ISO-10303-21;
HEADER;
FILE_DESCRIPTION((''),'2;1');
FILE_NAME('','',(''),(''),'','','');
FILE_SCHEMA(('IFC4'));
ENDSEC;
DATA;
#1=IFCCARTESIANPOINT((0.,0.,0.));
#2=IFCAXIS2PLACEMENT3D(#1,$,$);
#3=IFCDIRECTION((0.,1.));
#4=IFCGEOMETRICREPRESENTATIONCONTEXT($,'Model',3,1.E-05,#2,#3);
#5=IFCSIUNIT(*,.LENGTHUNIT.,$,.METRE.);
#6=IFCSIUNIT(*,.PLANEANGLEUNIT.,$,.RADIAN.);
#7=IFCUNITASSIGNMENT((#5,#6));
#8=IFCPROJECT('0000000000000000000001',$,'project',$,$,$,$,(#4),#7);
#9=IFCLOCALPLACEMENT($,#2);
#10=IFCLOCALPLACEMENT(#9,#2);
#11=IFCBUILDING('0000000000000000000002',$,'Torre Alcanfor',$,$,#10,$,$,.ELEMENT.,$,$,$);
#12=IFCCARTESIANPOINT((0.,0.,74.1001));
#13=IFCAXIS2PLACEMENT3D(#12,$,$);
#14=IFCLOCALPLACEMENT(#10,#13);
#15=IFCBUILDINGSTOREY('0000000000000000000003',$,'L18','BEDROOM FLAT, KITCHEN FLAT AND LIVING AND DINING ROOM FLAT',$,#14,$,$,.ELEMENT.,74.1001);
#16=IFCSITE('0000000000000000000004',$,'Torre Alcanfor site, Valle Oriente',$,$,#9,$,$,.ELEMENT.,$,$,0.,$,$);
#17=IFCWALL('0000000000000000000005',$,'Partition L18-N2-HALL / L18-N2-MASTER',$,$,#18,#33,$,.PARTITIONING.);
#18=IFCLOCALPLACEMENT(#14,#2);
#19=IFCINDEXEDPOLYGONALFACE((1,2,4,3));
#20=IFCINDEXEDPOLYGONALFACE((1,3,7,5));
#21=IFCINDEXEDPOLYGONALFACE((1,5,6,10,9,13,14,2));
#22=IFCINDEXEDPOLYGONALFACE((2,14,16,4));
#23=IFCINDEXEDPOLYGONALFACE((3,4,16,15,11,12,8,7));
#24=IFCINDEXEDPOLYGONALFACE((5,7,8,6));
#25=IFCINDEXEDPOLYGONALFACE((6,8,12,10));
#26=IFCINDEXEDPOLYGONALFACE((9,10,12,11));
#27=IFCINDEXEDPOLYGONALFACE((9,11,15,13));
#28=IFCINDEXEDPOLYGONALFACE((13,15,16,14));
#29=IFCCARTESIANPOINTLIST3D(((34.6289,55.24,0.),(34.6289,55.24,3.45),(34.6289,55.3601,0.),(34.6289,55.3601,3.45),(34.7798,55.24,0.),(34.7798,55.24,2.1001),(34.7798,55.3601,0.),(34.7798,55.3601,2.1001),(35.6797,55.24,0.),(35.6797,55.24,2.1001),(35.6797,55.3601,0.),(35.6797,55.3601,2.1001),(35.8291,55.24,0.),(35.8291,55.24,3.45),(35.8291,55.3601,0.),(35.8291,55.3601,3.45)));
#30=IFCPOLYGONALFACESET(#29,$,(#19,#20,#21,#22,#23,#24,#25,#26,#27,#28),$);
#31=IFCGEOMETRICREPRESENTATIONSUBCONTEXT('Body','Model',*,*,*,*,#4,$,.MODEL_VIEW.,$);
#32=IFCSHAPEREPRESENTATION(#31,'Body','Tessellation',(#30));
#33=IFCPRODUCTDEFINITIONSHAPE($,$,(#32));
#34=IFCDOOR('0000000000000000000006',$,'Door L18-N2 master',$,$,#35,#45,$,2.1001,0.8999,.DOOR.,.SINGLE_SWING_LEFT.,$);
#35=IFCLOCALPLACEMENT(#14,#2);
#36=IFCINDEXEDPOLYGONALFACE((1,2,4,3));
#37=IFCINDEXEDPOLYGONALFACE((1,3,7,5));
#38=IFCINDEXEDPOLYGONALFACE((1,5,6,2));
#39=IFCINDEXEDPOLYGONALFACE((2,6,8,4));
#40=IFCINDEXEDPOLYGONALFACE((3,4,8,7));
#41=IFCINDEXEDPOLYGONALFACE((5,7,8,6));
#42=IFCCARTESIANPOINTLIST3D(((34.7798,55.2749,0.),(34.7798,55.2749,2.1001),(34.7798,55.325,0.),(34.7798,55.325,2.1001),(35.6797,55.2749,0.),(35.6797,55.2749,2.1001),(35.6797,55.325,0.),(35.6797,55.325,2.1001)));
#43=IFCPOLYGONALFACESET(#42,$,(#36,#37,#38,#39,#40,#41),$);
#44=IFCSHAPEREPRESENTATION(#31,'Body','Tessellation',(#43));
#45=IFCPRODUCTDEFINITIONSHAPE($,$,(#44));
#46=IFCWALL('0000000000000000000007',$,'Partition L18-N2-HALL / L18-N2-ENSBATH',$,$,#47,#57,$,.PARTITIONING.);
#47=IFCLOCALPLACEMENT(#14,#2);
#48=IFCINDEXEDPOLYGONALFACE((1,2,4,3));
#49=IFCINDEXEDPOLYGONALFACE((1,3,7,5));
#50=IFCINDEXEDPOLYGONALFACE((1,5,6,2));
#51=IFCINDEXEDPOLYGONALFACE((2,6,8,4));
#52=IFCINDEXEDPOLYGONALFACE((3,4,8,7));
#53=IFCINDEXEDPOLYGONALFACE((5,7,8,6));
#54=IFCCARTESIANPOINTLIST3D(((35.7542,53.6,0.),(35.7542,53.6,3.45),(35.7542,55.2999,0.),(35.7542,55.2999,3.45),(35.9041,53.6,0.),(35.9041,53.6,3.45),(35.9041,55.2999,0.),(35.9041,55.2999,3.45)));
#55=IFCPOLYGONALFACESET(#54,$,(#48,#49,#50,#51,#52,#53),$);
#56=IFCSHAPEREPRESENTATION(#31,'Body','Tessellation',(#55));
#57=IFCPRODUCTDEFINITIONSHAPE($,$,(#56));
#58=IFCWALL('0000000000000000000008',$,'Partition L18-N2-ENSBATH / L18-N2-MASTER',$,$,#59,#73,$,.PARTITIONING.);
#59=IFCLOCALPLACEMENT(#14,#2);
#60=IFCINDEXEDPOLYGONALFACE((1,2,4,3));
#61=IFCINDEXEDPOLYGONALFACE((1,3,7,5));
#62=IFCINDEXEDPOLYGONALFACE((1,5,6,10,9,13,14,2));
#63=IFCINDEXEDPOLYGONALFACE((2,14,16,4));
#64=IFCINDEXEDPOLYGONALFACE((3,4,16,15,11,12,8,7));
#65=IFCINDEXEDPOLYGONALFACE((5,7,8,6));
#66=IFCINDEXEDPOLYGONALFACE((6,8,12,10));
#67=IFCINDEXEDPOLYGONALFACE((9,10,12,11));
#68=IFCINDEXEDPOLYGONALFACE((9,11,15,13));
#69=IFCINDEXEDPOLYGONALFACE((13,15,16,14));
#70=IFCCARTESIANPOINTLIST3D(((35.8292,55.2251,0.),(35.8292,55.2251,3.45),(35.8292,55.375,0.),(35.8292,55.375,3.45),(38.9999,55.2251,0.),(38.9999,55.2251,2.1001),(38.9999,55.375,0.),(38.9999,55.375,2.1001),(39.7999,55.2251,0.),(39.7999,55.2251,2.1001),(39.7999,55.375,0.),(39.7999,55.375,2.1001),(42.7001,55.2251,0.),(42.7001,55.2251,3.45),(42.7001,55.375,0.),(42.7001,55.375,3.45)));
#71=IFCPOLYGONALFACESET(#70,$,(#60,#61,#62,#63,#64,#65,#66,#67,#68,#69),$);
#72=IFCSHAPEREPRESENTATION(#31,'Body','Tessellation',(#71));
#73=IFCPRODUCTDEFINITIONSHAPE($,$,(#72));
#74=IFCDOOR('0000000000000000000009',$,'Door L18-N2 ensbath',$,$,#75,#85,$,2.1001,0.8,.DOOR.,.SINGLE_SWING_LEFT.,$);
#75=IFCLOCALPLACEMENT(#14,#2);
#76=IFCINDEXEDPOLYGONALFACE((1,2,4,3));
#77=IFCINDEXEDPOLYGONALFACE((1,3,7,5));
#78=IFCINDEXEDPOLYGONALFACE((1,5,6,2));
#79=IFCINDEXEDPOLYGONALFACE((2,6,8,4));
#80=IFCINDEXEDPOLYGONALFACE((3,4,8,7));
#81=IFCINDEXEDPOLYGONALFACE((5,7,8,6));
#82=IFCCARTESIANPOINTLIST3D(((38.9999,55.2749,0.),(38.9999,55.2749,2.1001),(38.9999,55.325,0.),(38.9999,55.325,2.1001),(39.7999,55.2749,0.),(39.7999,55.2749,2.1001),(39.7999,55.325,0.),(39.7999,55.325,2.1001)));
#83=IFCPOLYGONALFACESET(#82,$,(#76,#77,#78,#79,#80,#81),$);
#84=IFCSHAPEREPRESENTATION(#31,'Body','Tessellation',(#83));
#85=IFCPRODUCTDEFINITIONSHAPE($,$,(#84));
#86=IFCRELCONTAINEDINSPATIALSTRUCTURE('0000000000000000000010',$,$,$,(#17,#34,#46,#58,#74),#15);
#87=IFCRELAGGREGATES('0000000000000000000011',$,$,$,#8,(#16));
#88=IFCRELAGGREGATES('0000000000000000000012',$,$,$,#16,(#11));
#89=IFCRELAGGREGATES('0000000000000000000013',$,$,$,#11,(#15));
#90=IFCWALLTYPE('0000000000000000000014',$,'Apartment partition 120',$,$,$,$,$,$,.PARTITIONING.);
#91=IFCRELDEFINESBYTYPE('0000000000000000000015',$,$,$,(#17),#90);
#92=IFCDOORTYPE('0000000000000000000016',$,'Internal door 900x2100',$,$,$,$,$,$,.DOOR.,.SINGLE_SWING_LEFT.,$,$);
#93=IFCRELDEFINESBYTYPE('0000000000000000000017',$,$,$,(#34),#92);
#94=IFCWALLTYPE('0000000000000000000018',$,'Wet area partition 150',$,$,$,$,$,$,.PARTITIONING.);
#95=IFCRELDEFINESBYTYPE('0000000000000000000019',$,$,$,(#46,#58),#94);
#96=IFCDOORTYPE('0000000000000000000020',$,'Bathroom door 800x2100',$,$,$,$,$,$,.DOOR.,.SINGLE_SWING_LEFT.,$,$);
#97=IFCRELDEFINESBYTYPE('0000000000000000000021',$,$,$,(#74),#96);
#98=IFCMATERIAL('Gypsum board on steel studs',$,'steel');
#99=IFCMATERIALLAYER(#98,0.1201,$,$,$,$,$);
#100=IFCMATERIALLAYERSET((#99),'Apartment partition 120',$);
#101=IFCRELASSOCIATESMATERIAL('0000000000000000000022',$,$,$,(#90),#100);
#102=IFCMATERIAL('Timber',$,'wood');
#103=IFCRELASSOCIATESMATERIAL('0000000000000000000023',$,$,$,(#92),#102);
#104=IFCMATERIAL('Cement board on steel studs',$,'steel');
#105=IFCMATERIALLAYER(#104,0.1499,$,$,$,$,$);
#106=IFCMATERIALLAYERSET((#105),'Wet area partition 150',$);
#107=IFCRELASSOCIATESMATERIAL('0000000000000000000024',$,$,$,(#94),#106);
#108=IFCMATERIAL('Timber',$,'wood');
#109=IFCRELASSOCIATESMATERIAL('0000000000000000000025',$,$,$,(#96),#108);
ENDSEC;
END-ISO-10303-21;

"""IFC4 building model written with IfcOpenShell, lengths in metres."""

from ifc_helpers import new_model, si_unit, direction, frame, frame_2d, origin, place, context, subcontext, project, spatial, rectangle, extrude, material, layer, layer_set, type_object, element, fill, save


model = new_model("IFC4")

# Units and contexts
model_context = context("Model", 3, precision=1e-05, world=origin(), true_north=direction((0.0, 1.0)))
body_context = subcontext(model_context, "Body", "Model", "MODEL_VIEW")
ifc_project = project(units=[si_unit("LENGTHUNIT", "METRE"), si_unit("PLANEANGLEUNIT", "RADIAN")], contexts=[model_context])

# Site, building, storey
site_placement = place(None, origin())
site = spatial("IfcSite", under=ifc_project, at=site_placement, Name="Torre Alcanfor site, Valle Oriente", CompositionType="ELEMENT", RefElevation=0.0)
building_placement = place(site_placement, origin())
building = spatial("IfcBuilding", under=site, at=building_placement, Name="Torre Alcanfor", CompositionType="ELEMENT")
storey_placement = place(building_placement, frame((0.0, 0.0, 74.1001)))
storey = spatial("IfcBuildingStorey", under=building, at=storey_placement, Name="L18", Description="BEDROOM FLAT, KITCHEN FLAT AND LIVING AND DINING ROOM FLAT", CompositionType="ELEMENT", Elevation=74.1001)

# Shared definitions
ifc_material_1 = material(Name="Gypsum board on steel studs", Category="steel")
ifc_layer_1 = layer(ifc_material_1, 0.1201)
ifc_layer_set_1 = layer_set([ifc_layer_1], Name="Apartment partition 120")
wall_type_1 = type_object("IfcWallType", Name="Apartment partition 120", PredefinedType="PARTITIONING", material=ifc_layer_set_1)

# Wall, opening, door
wall_1_placement = place(storey_placement, frame((34.6289, 55.3, 0.0), z_axis=(0.0, 0.0, 1.0), x_axis=(1.0, 0.0, 0.0)))
wall_1 = element("IfcWall", 1, at=wall_1_placement, inside=storey, type_object=wall_type_1, Name="Partition L18-N2-HALL / L18-N2-MASTER", PredefinedType="PARTITIONING", context=body_context, shape_type="SweptSolid", body=[
    extrude(rectangle(XDim=1.2002, YDim=0.1201, at=frame_2d((0.6001, 0.0))), origin(), (0.0, 0.0, 1.0), 3.45),
])
opening_1_placement = place(wall_1_placement, frame((0.1509, 0.0, 0.0)))
opening_1 = element("IfcOpeningElement", 2, at=opening_1_placement, cuts=wall_1, PredefinedType="OPENING", context=body_context, shape_type="SweptSolid", body=[
    extrude(rectangle(XDim=0.8999, YDim=2.1001, at=frame_2d((0.45, 1.05))), frame((0.0, 0.0701, 0.0), z_axis=(0.0, -1.0, 0.0), x_axis=(1.0, 0.0, 0.0)), (0.0, 0.0, 1.0), 0.1401),
])
ifc_material_2 = material(Name="Timber", Category="wood")
door_type_1 = type_object("IfcDoorType", Name="Internal door 900x2100", OperationType="SINGLE_SWING_LEFT", PredefinedType="DOOR", material=ifc_material_2)
door_1_placement = place(opening_1_placement, origin())
door_1 = element("IfcDoor", 3, at=door_1_placement, inside=storey, type_object=door_type_1, Name="Door L18-N2 master", OperationType="SINGLE_SWING_LEFT", OverallHeight=2.1001, OverallWidth=0.8999, PredefinedType="DOOR", context=body_context, shape_type="SweptSolid", body=[
    extrude(rectangle(XDim=0.8999, YDim=2.1001, at=frame_2d((0.45, 1.05))), frame((0.0, 0.0249, 0.0), z_axis=(0.0, -1.0, 0.0), x_axis=(1.0, 0.0, 0.0)), (0.0, 0.0, 1.0), 0.05),
])
fill(opening_1, door_1)

# Wall
ifc_material_3 = material(Name="Cement board on steel studs", Category="steel")
ifc_layer_2 = layer(ifc_material_3, 0.1499)
ifc_layer_set_2 = layer_set([ifc_layer_2], Name="Wet area partition 150")
wall_type_2 = type_object("IfcWallType", Name="Wet area partition 150", PredefinedType="PARTITIONING", material=ifc_layer_set_2)
wall_2_placement = place(storey_placement, frame((35.8291, 55.3, 0.0), z_axis=(0.0, 0.0, 1.0), x_axis=(0.0, -1.0, 0.0)))
element("IfcWall", 4, at=wall_2_placement, inside=storey, type_object=wall_type_2, Name="Partition L18-N2-HALL / L18-N2-ENSBATH", PredefinedType="PARTITIONING", context=body_context, shape_type="SweptSolid", body=[
    extrude(rectangle(XDim=1.7, YDim=0.1499, at=frame_2d((0.8501, 0.0))), origin(), (0.0, 0.0, 1.0), 3.45),
])

# Wall, opening, door
wall_3_placement = place(storey_placement, frame((35.8291, 55.3, 0.0), z_axis=(0.0, 0.0, 1.0), x_axis=(1.0, 0.0, 0.0)))
wall_3 = element("IfcWall", 5, at=wall_3_placement, inside=storey, type_object=wall_type_2, Name="Partition L18-N2-ENSBATH / L18-N2-MASTER", PredefinedType="PARTITIONING", context=body_context, shape_type="SweptSolid", body=[
    extrude(rectangle(XDim=6.8708, YDim=0.1499, at=frame_2d((3.4355, 0.0))), origin(), (0.0, 0.0, 1.0), 3.45),
])
opening_2_placement = place(wall_3_placement, frame((3.1709, 0.0, 0.0)))
opening_2 = element("IfcOpeningElement", 6, at=opening_2_placement, cuts=wall_3, PredefinedType="OPENING", context=body_context, shape_type="SweptSolid", body=[
    extrude(rectangle(XDim=0.8, YDim=2.1001, at=frame_2d((0.3999, 1.05))), frame((0.0, 0.085, 0.0), z_axis=(0.0, -1.0, 0.0), x_axis=(1.0, 0.0, 0.0)), (0.0, 0.0, 1.0), 0.1699),
])
ifc_material_4 = material(Name="Timber", Category="wood")
door_type_2 = type_object("IfcDoorType", Name="Bathroom door 800x2100", OperationType="SINGLE_SWING_LEFT", PredefinedType="DOOR", material=ifc_material_4)
door_2_placement = place(opening_2_placement, frame((0.8, 0.0, 0.0), z_axis=(0.0, 0.0, 1.0), x_axis=(-1.0, 0.0, 0.0)))
door_2 = element("IfcDoor", 7, at=door_2_placement, inside=storey, type_object=door_type_2, Name="Door L18-N2 ensbath", OperationType="SINGLE_SWING_LEFT", OverallHeight=2.1001, OverallWidth=0.8, PredefinedType="DOOR", context=body_context, shape_type="SweptSolid", body=[
    extrude(rectangle(XDim=0.8, YDim=2.1001, at=frame_2d((0.4001, 1.05))), frame((0.0, 0.0251, 0.0), z_axis=(0.0, -1.0, 0.0), x_axis=(1.0, 0.0, 0.0)), (0.0, 0.0, 1.0), 0.05),
])
fill(opening_2, door_2)

save(model, "model.ifc")
